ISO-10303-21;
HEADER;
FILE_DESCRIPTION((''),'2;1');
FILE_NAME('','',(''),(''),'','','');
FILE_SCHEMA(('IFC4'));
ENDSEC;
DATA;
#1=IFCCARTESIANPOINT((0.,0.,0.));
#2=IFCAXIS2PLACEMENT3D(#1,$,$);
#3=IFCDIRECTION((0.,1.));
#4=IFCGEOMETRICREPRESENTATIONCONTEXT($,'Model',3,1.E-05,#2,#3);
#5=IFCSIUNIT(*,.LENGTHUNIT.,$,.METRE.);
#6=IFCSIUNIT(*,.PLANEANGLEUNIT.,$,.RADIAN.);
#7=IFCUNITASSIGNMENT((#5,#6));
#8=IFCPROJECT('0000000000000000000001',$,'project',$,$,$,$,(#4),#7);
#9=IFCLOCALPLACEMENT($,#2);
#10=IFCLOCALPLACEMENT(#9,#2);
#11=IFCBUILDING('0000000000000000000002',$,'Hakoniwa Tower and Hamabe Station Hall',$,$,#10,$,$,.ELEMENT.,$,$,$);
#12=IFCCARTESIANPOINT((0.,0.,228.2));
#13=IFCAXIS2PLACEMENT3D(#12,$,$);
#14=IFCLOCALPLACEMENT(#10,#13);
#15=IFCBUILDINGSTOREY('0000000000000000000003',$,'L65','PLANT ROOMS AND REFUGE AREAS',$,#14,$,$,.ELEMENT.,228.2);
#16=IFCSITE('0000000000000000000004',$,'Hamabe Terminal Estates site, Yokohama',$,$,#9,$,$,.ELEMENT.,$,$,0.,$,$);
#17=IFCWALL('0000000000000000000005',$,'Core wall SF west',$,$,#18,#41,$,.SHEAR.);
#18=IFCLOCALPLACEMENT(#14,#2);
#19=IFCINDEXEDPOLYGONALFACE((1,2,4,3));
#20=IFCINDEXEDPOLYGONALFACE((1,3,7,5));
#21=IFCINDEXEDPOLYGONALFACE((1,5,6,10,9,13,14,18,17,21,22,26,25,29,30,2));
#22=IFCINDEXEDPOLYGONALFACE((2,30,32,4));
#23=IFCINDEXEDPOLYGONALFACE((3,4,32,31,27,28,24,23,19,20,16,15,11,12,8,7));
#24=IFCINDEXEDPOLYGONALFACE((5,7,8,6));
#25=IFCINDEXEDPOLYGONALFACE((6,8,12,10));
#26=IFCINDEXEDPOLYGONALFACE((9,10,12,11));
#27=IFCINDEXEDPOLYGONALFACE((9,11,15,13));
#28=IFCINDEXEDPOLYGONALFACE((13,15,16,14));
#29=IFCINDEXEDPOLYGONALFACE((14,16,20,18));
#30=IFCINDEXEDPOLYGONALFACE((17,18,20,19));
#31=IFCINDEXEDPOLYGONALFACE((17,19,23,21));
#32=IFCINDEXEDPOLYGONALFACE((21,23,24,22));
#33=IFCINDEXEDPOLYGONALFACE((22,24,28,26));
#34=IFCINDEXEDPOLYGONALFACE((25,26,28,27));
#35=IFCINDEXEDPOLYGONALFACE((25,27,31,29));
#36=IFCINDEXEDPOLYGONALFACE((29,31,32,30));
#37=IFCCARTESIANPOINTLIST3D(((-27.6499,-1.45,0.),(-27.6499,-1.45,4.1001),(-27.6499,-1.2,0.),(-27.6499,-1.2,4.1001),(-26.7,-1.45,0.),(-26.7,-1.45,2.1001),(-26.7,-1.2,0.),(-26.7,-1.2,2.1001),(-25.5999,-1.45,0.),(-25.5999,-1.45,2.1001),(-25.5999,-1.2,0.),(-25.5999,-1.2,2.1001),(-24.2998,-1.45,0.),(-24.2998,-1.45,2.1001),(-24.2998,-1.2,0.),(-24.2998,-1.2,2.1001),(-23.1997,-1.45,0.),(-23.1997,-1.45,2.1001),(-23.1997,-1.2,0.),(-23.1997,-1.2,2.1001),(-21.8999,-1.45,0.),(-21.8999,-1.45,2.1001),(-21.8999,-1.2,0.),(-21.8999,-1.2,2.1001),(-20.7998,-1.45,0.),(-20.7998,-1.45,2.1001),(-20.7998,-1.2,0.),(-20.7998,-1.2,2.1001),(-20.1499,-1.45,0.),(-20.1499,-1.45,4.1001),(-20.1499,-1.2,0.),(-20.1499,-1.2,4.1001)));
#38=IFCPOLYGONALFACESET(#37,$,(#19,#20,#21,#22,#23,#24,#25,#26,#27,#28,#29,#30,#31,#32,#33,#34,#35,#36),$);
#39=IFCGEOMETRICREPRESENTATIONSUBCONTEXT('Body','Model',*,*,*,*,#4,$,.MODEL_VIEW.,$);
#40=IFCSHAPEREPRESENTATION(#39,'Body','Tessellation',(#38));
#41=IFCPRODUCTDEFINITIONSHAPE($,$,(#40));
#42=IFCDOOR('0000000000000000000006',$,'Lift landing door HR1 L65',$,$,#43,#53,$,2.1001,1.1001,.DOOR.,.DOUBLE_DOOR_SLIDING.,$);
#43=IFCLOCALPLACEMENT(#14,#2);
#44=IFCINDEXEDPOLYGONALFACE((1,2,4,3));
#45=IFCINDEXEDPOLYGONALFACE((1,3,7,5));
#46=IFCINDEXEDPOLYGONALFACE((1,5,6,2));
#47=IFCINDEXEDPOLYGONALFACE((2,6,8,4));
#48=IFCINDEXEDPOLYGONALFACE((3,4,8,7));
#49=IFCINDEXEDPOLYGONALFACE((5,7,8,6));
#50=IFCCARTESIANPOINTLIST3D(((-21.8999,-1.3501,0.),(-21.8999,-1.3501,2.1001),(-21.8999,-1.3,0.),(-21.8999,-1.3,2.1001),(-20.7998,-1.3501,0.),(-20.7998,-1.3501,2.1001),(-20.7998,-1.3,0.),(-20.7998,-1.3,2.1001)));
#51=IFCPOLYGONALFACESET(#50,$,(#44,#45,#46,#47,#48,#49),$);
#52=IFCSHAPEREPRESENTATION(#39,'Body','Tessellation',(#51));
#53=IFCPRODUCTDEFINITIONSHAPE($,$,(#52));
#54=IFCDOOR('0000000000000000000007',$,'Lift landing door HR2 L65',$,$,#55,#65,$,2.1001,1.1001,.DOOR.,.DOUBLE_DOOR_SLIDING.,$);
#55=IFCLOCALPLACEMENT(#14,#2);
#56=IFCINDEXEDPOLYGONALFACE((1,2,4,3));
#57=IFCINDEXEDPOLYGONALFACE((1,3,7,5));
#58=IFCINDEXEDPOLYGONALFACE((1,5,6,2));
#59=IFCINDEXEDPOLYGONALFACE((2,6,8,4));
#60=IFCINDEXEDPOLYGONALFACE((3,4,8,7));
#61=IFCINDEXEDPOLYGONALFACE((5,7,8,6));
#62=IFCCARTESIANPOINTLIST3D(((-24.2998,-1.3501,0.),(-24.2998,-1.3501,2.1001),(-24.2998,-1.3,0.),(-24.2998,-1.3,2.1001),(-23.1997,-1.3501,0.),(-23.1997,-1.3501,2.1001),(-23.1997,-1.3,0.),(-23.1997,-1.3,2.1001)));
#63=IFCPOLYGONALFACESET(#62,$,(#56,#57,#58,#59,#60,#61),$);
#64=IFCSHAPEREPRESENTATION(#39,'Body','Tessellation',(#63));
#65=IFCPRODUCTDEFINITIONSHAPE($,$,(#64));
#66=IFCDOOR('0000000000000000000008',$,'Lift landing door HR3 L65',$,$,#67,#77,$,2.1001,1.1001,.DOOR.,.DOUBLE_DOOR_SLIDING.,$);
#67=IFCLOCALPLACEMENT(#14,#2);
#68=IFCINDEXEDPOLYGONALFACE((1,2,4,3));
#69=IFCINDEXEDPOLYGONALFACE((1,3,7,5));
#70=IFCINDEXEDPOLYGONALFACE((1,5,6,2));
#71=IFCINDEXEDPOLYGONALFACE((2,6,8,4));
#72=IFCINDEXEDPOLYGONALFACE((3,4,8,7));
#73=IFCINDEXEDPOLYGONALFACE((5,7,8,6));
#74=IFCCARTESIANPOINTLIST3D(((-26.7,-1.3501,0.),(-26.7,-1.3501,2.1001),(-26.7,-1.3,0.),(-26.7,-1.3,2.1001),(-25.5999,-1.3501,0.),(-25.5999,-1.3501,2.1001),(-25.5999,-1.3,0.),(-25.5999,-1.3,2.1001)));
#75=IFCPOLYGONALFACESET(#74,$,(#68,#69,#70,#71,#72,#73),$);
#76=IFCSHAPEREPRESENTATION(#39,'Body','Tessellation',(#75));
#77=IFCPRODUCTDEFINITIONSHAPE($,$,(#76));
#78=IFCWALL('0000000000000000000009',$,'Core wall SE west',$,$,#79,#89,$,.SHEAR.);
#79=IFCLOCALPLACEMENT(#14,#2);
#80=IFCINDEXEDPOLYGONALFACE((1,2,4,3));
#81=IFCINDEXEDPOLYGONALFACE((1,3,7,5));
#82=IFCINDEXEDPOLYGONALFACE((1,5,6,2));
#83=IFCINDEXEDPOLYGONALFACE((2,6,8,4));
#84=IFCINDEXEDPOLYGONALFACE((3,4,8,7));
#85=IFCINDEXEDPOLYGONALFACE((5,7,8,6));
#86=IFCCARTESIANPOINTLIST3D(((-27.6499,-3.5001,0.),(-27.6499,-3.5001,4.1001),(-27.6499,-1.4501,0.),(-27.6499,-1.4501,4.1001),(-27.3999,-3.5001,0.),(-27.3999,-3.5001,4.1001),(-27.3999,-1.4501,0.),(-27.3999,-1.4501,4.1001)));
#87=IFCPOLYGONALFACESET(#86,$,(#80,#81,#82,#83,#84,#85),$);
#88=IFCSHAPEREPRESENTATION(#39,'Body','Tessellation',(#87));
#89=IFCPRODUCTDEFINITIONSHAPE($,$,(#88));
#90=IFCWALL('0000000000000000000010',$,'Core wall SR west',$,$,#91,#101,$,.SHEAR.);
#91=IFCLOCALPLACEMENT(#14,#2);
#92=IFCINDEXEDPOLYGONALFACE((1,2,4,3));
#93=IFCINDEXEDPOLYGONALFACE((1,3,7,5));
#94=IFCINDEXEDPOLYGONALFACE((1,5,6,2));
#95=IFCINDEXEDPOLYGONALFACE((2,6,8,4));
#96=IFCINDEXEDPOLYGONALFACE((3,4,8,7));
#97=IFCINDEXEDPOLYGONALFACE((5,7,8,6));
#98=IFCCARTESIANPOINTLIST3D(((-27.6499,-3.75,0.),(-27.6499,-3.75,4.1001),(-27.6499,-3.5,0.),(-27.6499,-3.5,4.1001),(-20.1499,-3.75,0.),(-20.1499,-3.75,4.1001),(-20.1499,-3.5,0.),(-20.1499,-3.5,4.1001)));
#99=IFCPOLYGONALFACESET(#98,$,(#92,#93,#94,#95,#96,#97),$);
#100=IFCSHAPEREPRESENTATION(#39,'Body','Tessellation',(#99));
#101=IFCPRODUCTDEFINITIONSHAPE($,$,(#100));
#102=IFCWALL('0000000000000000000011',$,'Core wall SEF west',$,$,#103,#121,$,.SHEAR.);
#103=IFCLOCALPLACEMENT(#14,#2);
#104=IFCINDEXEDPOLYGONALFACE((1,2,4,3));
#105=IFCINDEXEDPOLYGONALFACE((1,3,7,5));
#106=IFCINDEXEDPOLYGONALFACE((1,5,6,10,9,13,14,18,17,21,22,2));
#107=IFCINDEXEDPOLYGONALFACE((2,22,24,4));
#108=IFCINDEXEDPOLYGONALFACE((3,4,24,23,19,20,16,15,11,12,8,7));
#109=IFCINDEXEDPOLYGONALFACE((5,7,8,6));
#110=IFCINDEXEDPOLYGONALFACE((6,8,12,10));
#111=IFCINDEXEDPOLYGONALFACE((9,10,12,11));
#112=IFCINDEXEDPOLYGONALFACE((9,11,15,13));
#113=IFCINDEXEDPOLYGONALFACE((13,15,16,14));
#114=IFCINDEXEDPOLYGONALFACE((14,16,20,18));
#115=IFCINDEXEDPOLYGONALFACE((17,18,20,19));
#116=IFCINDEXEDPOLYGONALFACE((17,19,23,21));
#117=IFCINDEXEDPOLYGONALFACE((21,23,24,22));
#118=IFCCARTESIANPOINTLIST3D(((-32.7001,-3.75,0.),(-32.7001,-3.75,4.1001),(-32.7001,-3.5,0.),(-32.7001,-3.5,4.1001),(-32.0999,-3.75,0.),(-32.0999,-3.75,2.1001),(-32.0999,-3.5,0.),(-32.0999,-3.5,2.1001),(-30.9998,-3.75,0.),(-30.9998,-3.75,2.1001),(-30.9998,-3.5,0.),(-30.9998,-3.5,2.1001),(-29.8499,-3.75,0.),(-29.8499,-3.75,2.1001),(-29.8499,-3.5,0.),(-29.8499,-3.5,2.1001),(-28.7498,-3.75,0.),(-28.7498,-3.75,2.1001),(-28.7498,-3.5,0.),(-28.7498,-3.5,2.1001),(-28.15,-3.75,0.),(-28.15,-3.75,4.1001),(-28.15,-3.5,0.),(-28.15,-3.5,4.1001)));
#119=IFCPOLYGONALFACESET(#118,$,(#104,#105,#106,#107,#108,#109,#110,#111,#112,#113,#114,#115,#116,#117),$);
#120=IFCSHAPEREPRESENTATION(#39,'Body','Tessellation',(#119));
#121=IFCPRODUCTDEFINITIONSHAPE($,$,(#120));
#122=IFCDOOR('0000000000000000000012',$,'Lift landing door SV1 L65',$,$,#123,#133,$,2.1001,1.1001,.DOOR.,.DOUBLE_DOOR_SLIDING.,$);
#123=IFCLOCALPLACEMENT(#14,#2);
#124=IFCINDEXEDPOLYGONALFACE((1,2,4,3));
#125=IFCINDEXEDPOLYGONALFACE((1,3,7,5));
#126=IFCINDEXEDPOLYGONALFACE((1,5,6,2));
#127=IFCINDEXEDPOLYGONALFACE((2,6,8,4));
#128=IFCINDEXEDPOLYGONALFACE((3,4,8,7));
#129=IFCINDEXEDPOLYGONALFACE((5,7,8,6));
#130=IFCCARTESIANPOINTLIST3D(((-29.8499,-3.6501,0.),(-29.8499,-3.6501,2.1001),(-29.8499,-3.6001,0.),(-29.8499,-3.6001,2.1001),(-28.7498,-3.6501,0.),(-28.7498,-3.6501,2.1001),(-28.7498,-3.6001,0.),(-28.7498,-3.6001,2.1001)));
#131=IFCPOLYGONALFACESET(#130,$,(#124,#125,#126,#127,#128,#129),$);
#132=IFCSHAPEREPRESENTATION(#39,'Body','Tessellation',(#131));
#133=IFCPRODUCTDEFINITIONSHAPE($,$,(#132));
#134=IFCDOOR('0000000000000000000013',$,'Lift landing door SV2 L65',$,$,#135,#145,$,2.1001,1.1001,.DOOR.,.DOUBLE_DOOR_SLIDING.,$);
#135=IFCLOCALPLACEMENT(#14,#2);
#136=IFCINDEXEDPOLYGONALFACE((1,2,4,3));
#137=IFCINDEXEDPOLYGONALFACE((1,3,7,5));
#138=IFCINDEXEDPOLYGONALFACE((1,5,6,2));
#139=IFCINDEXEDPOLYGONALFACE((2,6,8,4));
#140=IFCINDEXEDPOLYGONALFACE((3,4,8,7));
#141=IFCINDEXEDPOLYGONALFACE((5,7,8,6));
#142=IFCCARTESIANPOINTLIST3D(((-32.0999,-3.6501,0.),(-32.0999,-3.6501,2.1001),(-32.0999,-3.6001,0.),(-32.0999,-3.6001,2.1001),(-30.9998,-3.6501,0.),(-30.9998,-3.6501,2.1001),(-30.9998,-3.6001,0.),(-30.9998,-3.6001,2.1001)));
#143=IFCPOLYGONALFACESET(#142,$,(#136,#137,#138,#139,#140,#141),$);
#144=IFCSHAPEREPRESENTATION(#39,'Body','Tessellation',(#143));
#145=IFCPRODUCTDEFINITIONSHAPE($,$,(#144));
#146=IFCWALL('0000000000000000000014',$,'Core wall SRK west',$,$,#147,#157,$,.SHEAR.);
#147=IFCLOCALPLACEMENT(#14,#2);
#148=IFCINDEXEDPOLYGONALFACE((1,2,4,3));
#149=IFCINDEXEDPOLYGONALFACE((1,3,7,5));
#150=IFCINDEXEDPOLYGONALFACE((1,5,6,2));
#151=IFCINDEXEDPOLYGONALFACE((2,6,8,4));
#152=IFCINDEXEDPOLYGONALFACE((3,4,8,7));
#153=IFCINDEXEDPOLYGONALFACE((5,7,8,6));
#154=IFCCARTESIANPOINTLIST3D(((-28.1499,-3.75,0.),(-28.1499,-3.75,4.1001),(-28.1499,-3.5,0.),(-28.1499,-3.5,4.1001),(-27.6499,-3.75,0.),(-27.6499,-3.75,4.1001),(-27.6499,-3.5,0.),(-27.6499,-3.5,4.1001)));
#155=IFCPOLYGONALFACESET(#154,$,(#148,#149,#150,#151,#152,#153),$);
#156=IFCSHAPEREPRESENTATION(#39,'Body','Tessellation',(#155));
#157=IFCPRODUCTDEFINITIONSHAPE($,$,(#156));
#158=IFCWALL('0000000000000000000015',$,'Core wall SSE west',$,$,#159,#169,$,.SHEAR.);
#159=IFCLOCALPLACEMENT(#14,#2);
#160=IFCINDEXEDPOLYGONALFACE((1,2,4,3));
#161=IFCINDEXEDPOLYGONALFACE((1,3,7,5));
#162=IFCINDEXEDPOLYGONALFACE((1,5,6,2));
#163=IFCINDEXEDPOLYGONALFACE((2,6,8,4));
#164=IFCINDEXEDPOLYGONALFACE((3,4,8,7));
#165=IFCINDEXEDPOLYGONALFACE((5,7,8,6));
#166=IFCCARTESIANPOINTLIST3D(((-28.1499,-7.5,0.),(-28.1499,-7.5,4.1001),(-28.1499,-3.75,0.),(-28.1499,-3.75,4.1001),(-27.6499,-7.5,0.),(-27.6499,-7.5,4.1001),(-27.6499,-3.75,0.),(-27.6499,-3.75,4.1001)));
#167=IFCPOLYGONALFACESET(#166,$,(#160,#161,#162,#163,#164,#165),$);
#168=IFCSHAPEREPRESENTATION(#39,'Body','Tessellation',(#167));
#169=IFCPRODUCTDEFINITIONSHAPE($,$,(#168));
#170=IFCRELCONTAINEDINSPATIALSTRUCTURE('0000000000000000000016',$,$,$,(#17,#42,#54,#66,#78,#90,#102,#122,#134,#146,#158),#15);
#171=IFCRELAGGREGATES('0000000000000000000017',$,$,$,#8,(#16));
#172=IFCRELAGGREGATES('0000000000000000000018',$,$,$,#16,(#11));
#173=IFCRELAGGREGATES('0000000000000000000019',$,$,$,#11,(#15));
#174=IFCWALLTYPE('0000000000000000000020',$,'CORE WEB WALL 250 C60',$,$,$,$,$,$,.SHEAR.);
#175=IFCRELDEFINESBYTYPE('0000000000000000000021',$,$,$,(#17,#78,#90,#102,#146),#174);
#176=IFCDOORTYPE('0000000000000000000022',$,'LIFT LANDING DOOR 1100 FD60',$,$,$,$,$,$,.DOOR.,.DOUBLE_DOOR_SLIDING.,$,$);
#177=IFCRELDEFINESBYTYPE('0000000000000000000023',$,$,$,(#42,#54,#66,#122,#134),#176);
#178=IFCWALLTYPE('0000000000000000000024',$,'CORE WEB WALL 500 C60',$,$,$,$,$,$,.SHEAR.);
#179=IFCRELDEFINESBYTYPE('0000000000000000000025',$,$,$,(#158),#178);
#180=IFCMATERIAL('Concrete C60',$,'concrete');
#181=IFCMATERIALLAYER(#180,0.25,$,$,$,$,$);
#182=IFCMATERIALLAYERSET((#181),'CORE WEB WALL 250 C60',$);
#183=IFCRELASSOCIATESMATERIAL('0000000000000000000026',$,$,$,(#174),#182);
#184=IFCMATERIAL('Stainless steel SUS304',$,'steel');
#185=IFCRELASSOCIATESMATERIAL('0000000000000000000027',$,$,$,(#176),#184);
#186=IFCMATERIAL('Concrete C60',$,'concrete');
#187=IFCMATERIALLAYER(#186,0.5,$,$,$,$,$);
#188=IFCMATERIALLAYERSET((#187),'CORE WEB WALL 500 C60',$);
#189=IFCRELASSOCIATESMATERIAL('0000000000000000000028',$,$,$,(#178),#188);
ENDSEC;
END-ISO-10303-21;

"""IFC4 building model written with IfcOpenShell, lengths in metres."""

from ifc_helpers import new_model, si_unit, direction, frame, frame_2d, origin, place, context, subcontext, project, spatial, rectangle, extrude, material, layer, layer_set, type_object, element, fill, save


model = new_model("IFC4")

# Units and contexts
model_context = context("Model", 3, precision=1e-05, world=origin(), true_north=direction((0.0, 1.0)))
body_context = subcontext(model_context, "Body", "Model", "MODEL_VIEW")
ifc_project = project(units=[si_unit("LENGTHUNIT", "METRE"), si_unit("PLANEANGLEUNIT", "RADIAN")], contexts=[model_context])

# Site, building, storey
site_placement = place(None, origin())
site = spatial("IfcSite", under=ifc_project, at=site_placement, Name="Hamabe Terminal Estates site, Yokohama", CompositionType="ELEMENT", RefElevation=0.0)
building_placement = place(site_placement, origin())
building = spatial("IfcBuilding", under=site, at=building_placement, Name="Hakoniwa Tower and Hamabe Station Hall", CompositionType="ELEMENT")
storey_placement = place(building_placement, frame((0.0, 0.0, 228.2)))
storey = spatial("IfcBuildingStorey", under=building, at=storey_placement, Name="L65", Description="PLANT ROOMS AND REFUGE AREAS", CompositionType="ELEMENT", Elevation=228.2)

# Wall, openings, doors
ifc_material_1 = material(Name="Concrete C60", Category="concrete")
ifc_layer_1 = layer(ifc_material_1, 0.25)
ifc_layer_set_1 = layer_set([ifc_layer_1], Name="CORE WEB WALL 250 C60")
wall_type_1 = type_object("IfcWallType", Name="CORE WEB WALL 250 C60", PredefinedType="SHEAR", material=ifc_layer_set_1)
wall_1_placement = place(storey_placement, frame((-27.6499, -1.325, 0.0), z_axis=(0.0, 0.0, 1.0), x_axis=(1.0, 0.0, 0.0)))
wall_1 = element("IfcWall", 1, at=wall_1_placement, inside=storey, type_object=wall_type_1, Name="Core wall SF west", PredefinedType="SHEAR", context=body_context, shape_type="SweptSolid", body=[
    extrude(rectangle(XDim=7.5, YDim=0.25, at=frame_2d((3.75, 0.0))), origin(), (0.0, 0.0, 1.0), 4.1001),
])
opening_1_placement = place(wall_1_placement, frame((5.75, 0.0, 0.0)))
opening_1 = element("IfcOpeningElement", 2, at=opening_1_placement, cuts=wall_1, PredefinedType="OPENING", context=body_context, shape_type="SweptSolid", body=[
    extrude(rectangle(XDim=1.1001, YDim=2.1001, at=frame_2d((0.55, 1.05))), frame((0.0, 0.135, 0.0), z_axis=(0.0, -1.0, 0.0), x_axis=(1.0, 0.0, 0.0)), (0.0, 0.0, 1.0), 0.27),
])
opening_2_placement = place(wall_1_placement, frame((3.3501, 0.0, 0.0)))
opening_2 = element("IfcOpeningElement", 3, at=opening_2_placement, cuts=wall_1, PredefinedType="OPENING", context=body_context, shape_type="SweptSolid", body=[
    extrude(rectangle(XDim=1.1001, YDim=2.1001, at=frame_2d((0.55, 1.05))), frame((0.0, 0.135, 0.0), z_axis=(0.0, -1.0, 0.0), x_axis=(1.0, 0.0, 0.0)), (0.0, 0.0, 1.0), 0.27),
])
opening_3_placement = place(wall_1_placement, frame((0.95, 0.0, 0.0)))
opening_3 = element("IfcOpeningElement", 4, at=opening_3_placement, cuts=wall_1, PredefinedType="OPENING", context=body_context, shape_type="SweptSolid", body=[
    extrude(rectangle(XDim=1.1001, YDim=2.1001, at=frame_2d((0.55, 1.05))), frame((0.0, 0.135, 0.0), z_axis=(0.0, -1.0, 0.0), x_axis=(1.0, 0.0, 0.0)), (0.0, 0.0, 1.0), 0.27),
])
ifc_material_2 = material(Name="Stainless steel SUS304", Category="steel")
door_type_1 = type_object("IfcDoorType", Name="LIFT LANDING DOOR 1100 FD60", OperationType="DOUBLE_DOOR_SLIDING", PredefinedType="DOOR", material=ifc_material_2)
door_1_placement = place(opening_1_placement, origin())
door_1 = element("IfcDoor", 5, at=door_1_placement, inside=storey, type_object=door_type_1, Name="Lift landing door HR1 L65", OperationType="DOUBLE_DOOR_SLIDING", OverallHeight=2.1001, OverallWidth=1.1001, PredefinedType="DOOR", context=body_context, shape_type="SweptSolid", body=[
    extrude(rectangle(XDim=1.1001, YDim=2.1001, at=frame_2d((0.55, 1.05))), frame((0.0, 0.0249, 0.0), z_axis=(0.0, -1.0, 0.0), x_axis=(1.0, 0.0, 0.0)), (0.0, 0.0, 1.0), 0.05),
])
fill(opening_1, door_1)
door_2_placement = place(opening_2_placement, origin())
door_2 = element("IfcDoor", 6, at=door_2_placement, inside=storey, type_object=door_type_1, Name="Lift landing door HR2 L65", OperationType="DOUBLE_DOOR_SLIDING", OverallHeight=2.1001, OverallWidth=1.1001, PredefinedType="DOOR", context=body_context, shape_type="SweptSolid", body=[
    extrude(rectangle(XDim=1.1001, YDim=2.1001, at=frame_2d((0.55, 1.05))), frame((0.0, 0.0249, 0.0), z_axis=(0.0, -1.0, 0.0), x_axis=(1.0, 0.0, 0.0)), (0.0, 0.0, 1.0), 0.05),
])
fill(opening_2, door_2)
door_3_placement = place(opening_3_placement, origin())
door_3 = element("IfcDoor", 7, at=door_3_placement, inside=storey, type_object=door_type_1, Name="Lift landing door HR3 L65", OperationType="DOUBLE_DOOR_SLIDING", OverallHeight=2.1001, OverallWidth=1.1001, PredefinedType="DOOR", context=body_context, shape_type="SweptSolid", body=[
    extrude(rectangle(XDim=1.1001, YDim=2.1001, at=frame_2d((0.55, 1.05))), frame((0.0, 0.0249, 0.0), z_axis=(0.0, -1.0, 0.0), x_axis=(1.0, 0.0, 0.0)), (0.0, 0.0, 1.0), 0.05),
])
fill(opening_3, door_3)

# Walls
wall_2_placement = place(storey_placement, frame((-27.5249, -3.5, 0.0), z_axis=(0.0, 0.0, 1.0), x_axis=(0.0, 1.0, 0.0)))
element("IfcWall", 8, at=wall_2_placement, inside=storey, type_object=wall_type_1, Name="Core wall SE west", PredefinedType="SHEAR", context=body_context, shape_type="SweptSolid", body=[
    extrude(rectangle(XDim=2.05, YDim=0.25, at=frame_2d((1.0249, 0.0))), origin(), (0.0, 0.0, 1.0), 4.1001),
])
wall_3_placement = place(storey_placement, frame((-27.6499, -3.625, 0.0), z_axis=(0.0, 0.0, 1.0), x_axis=(1.0, 0.0, 0.0)))
element("IfcWall", 9, at=wall_3_placement, inside=storey, type_object=wall_type_1, Name="Core wall SR west", PredefinedType="SHEAR", context=body_context, shape_type="SweptSolid", body=[
    extrude(rectangle(XDim=7.5, YDim=0.25, at=frame_2d((3.75, 0.0))), origin(), (0.0, 0.0, 1.0), 4.1001),
])

# Wall, openings, doors
wall_4_placement = place(storey_placement, frame((-32.7, -3.625, 0.0), z_axis=(0.0, 0.0, 1.0), x_axis=(1.0, 0.0, 0.0)))
wall_4 = element("IfcWall", 10, at=wall_4_placement, inside=storey, type_object=wall_type_1, Name="Core wall SEF west", PredefinedType="SHEAR", context=body_context, shape_type="SweptSolid", body=[
    extrude(rectangle(XDim=4.55, YDim=0.25, at=frame_2d((2.2749, 0.0))), origin(), (0.0, 0.0, 1.0), 4.1001),
])
opening_4_placement = place(wall_4_placement, frame((2.8501, 0.0, 0.0)))
opening_4 = element("IfcOpeningElement", 11, at=opening_4_placement, cuts=wall_4, PredefinedType="OPENING", context=body_context, shape_type="SweptSolid", body=[
    extrude(rectangle(XDim=1.1001, YDim=2.1001, at=frame_2d((0.55, 1.05))), frame((0.0, 0.135, 0.0), z_axis=(0.0, -1.0, 0.0), x_axis=(1.0, 0.0, 0.0)), (0.0, 0.0, 1.0), 0.27),
])
opening_5_placement = place(wall_4_placement, frame((0.6001, 0.0, 0.0)))
opening_5 = element("IfcOpeningElement", 12, at=opening_5_placement, cuts=wall_4, PredefinedType="OPENING", context=body_context, shape_type="SweptSolid", body=[
    extrude(rectangle(XDim=1.1001, YDim=2.1001, at=frame_2d((0.55, 1.05))), frame((0.0, 0.135, 0.0), z_axis=(0.0, -1.0, 0.0), x_axis=(1.0, 0.0, 0.0)), (0.0, 0.0, 1.0), 0.27),
])
door_4_placement = place(opening_4_placement, origin())
door_4 = element("IfcDoor", 13, at=door_4_placement, inside=storey, type_object=door_type_1, Name="Lift landing door SV1 L65", OperationType="DOUBLE_DOOR_SLIDING", OverallHeight=2.1001, OverallWidth=1.1001, PredefinedType="DOOR", context=body_context, shape_type="SweptSolid", body=[
    extrude(rectangle(XDim=1.1001, YDim=2.1001, at=frame_2d((0.55, 1.05))), frame((0.0, 0.0249, 0.0), z_axis=(0.0, -1.0, 0.0), x_axis=(1.0, 0.0, 0.0)), (0.0, 0.0, 1.0), 0.05),
])
fill(opening_4, door_4)
door_5_placement = place(opening_5_placement, origin())
door_5 = element("IfcDoor", 14, at=door_5_placement, inside=storey, type_object=door_type_1, Name="Lift landing door SV2 L65", OperationType="DOUBLE_DOOR_SLIDING", OverallHeight=2.1001, OverallWidth=1.1001, PredefinedType="DOOR", context=body_context, shape_type="SweptSolid", body=[
    extrude(rectangle(XDim=1.1001, YDim=2.1001, at=frame_2d((0.55, 1.05))), frame((0.0, 0.0249, 0.0), z_axis=(0.0, -1.0, 0.0), x_axis=(1.0, 0.0, 0.0)), (0.0, 0.0, 1.0), 0.05),
])
fill(opening_5, door_5)

# Walls
wall_5_placement = place(storey_placement, frame((-28.1499, -3.625, 0.0), z_axis=(0.0, 0.0, 1.0), x_axis=(1.0, 0.0, 0.0)))
element("IfcWall", 15, at=wall_5_placement, inside=storey, type_object=wall_type_1, Name="Core wall SRK west", PredefinedType="SHEAR", context=body_context, shape_type="SweptSolid", body=[
    extrude(rectangle(XDim=0.5, YDim=0.25, at=frame_2d((0.25, 0.0))), origin(), (0.0, 0.0, 1.0), 4.1001),
])
ifc_material_3 = material(Name="Concrete C60", Category="concrete")
ifc_layer_2 = layer(ifc_material_3, 0.5)
ifc_layer_set_2 = layer_set([ifc_layer_2], Name="CORE WEB WALL 500 C60")
wall_type_2 = type_object("IfcWallType", Name="CORE WEB WALL 500 C60", PredefinedType="SHEAR", material=ifc_layer_set_2)
wall_6_placement = place(storey_placement, frame((-27.8999, -7.5, 0.0), z_axis=(0.0, 0.0, 1.0), x_axis=(0.0, 1.0, 0.0)))
element("IfcWall", 16, at=wall_6_placement, inside=storey, type_object=wall_type_2, Name="Core wall SSE west", PredefinedType="SHEAR", context=body_context, shape_type="SweptSolid", body=[
    extrude(rectangle(XDim=3.75, YDim=0.5, at=frame_2d((1.875, 0.0))), origin(), (0.0, 0.0, 1.0), 4.1001),
])

save(model, "model.ifc")
